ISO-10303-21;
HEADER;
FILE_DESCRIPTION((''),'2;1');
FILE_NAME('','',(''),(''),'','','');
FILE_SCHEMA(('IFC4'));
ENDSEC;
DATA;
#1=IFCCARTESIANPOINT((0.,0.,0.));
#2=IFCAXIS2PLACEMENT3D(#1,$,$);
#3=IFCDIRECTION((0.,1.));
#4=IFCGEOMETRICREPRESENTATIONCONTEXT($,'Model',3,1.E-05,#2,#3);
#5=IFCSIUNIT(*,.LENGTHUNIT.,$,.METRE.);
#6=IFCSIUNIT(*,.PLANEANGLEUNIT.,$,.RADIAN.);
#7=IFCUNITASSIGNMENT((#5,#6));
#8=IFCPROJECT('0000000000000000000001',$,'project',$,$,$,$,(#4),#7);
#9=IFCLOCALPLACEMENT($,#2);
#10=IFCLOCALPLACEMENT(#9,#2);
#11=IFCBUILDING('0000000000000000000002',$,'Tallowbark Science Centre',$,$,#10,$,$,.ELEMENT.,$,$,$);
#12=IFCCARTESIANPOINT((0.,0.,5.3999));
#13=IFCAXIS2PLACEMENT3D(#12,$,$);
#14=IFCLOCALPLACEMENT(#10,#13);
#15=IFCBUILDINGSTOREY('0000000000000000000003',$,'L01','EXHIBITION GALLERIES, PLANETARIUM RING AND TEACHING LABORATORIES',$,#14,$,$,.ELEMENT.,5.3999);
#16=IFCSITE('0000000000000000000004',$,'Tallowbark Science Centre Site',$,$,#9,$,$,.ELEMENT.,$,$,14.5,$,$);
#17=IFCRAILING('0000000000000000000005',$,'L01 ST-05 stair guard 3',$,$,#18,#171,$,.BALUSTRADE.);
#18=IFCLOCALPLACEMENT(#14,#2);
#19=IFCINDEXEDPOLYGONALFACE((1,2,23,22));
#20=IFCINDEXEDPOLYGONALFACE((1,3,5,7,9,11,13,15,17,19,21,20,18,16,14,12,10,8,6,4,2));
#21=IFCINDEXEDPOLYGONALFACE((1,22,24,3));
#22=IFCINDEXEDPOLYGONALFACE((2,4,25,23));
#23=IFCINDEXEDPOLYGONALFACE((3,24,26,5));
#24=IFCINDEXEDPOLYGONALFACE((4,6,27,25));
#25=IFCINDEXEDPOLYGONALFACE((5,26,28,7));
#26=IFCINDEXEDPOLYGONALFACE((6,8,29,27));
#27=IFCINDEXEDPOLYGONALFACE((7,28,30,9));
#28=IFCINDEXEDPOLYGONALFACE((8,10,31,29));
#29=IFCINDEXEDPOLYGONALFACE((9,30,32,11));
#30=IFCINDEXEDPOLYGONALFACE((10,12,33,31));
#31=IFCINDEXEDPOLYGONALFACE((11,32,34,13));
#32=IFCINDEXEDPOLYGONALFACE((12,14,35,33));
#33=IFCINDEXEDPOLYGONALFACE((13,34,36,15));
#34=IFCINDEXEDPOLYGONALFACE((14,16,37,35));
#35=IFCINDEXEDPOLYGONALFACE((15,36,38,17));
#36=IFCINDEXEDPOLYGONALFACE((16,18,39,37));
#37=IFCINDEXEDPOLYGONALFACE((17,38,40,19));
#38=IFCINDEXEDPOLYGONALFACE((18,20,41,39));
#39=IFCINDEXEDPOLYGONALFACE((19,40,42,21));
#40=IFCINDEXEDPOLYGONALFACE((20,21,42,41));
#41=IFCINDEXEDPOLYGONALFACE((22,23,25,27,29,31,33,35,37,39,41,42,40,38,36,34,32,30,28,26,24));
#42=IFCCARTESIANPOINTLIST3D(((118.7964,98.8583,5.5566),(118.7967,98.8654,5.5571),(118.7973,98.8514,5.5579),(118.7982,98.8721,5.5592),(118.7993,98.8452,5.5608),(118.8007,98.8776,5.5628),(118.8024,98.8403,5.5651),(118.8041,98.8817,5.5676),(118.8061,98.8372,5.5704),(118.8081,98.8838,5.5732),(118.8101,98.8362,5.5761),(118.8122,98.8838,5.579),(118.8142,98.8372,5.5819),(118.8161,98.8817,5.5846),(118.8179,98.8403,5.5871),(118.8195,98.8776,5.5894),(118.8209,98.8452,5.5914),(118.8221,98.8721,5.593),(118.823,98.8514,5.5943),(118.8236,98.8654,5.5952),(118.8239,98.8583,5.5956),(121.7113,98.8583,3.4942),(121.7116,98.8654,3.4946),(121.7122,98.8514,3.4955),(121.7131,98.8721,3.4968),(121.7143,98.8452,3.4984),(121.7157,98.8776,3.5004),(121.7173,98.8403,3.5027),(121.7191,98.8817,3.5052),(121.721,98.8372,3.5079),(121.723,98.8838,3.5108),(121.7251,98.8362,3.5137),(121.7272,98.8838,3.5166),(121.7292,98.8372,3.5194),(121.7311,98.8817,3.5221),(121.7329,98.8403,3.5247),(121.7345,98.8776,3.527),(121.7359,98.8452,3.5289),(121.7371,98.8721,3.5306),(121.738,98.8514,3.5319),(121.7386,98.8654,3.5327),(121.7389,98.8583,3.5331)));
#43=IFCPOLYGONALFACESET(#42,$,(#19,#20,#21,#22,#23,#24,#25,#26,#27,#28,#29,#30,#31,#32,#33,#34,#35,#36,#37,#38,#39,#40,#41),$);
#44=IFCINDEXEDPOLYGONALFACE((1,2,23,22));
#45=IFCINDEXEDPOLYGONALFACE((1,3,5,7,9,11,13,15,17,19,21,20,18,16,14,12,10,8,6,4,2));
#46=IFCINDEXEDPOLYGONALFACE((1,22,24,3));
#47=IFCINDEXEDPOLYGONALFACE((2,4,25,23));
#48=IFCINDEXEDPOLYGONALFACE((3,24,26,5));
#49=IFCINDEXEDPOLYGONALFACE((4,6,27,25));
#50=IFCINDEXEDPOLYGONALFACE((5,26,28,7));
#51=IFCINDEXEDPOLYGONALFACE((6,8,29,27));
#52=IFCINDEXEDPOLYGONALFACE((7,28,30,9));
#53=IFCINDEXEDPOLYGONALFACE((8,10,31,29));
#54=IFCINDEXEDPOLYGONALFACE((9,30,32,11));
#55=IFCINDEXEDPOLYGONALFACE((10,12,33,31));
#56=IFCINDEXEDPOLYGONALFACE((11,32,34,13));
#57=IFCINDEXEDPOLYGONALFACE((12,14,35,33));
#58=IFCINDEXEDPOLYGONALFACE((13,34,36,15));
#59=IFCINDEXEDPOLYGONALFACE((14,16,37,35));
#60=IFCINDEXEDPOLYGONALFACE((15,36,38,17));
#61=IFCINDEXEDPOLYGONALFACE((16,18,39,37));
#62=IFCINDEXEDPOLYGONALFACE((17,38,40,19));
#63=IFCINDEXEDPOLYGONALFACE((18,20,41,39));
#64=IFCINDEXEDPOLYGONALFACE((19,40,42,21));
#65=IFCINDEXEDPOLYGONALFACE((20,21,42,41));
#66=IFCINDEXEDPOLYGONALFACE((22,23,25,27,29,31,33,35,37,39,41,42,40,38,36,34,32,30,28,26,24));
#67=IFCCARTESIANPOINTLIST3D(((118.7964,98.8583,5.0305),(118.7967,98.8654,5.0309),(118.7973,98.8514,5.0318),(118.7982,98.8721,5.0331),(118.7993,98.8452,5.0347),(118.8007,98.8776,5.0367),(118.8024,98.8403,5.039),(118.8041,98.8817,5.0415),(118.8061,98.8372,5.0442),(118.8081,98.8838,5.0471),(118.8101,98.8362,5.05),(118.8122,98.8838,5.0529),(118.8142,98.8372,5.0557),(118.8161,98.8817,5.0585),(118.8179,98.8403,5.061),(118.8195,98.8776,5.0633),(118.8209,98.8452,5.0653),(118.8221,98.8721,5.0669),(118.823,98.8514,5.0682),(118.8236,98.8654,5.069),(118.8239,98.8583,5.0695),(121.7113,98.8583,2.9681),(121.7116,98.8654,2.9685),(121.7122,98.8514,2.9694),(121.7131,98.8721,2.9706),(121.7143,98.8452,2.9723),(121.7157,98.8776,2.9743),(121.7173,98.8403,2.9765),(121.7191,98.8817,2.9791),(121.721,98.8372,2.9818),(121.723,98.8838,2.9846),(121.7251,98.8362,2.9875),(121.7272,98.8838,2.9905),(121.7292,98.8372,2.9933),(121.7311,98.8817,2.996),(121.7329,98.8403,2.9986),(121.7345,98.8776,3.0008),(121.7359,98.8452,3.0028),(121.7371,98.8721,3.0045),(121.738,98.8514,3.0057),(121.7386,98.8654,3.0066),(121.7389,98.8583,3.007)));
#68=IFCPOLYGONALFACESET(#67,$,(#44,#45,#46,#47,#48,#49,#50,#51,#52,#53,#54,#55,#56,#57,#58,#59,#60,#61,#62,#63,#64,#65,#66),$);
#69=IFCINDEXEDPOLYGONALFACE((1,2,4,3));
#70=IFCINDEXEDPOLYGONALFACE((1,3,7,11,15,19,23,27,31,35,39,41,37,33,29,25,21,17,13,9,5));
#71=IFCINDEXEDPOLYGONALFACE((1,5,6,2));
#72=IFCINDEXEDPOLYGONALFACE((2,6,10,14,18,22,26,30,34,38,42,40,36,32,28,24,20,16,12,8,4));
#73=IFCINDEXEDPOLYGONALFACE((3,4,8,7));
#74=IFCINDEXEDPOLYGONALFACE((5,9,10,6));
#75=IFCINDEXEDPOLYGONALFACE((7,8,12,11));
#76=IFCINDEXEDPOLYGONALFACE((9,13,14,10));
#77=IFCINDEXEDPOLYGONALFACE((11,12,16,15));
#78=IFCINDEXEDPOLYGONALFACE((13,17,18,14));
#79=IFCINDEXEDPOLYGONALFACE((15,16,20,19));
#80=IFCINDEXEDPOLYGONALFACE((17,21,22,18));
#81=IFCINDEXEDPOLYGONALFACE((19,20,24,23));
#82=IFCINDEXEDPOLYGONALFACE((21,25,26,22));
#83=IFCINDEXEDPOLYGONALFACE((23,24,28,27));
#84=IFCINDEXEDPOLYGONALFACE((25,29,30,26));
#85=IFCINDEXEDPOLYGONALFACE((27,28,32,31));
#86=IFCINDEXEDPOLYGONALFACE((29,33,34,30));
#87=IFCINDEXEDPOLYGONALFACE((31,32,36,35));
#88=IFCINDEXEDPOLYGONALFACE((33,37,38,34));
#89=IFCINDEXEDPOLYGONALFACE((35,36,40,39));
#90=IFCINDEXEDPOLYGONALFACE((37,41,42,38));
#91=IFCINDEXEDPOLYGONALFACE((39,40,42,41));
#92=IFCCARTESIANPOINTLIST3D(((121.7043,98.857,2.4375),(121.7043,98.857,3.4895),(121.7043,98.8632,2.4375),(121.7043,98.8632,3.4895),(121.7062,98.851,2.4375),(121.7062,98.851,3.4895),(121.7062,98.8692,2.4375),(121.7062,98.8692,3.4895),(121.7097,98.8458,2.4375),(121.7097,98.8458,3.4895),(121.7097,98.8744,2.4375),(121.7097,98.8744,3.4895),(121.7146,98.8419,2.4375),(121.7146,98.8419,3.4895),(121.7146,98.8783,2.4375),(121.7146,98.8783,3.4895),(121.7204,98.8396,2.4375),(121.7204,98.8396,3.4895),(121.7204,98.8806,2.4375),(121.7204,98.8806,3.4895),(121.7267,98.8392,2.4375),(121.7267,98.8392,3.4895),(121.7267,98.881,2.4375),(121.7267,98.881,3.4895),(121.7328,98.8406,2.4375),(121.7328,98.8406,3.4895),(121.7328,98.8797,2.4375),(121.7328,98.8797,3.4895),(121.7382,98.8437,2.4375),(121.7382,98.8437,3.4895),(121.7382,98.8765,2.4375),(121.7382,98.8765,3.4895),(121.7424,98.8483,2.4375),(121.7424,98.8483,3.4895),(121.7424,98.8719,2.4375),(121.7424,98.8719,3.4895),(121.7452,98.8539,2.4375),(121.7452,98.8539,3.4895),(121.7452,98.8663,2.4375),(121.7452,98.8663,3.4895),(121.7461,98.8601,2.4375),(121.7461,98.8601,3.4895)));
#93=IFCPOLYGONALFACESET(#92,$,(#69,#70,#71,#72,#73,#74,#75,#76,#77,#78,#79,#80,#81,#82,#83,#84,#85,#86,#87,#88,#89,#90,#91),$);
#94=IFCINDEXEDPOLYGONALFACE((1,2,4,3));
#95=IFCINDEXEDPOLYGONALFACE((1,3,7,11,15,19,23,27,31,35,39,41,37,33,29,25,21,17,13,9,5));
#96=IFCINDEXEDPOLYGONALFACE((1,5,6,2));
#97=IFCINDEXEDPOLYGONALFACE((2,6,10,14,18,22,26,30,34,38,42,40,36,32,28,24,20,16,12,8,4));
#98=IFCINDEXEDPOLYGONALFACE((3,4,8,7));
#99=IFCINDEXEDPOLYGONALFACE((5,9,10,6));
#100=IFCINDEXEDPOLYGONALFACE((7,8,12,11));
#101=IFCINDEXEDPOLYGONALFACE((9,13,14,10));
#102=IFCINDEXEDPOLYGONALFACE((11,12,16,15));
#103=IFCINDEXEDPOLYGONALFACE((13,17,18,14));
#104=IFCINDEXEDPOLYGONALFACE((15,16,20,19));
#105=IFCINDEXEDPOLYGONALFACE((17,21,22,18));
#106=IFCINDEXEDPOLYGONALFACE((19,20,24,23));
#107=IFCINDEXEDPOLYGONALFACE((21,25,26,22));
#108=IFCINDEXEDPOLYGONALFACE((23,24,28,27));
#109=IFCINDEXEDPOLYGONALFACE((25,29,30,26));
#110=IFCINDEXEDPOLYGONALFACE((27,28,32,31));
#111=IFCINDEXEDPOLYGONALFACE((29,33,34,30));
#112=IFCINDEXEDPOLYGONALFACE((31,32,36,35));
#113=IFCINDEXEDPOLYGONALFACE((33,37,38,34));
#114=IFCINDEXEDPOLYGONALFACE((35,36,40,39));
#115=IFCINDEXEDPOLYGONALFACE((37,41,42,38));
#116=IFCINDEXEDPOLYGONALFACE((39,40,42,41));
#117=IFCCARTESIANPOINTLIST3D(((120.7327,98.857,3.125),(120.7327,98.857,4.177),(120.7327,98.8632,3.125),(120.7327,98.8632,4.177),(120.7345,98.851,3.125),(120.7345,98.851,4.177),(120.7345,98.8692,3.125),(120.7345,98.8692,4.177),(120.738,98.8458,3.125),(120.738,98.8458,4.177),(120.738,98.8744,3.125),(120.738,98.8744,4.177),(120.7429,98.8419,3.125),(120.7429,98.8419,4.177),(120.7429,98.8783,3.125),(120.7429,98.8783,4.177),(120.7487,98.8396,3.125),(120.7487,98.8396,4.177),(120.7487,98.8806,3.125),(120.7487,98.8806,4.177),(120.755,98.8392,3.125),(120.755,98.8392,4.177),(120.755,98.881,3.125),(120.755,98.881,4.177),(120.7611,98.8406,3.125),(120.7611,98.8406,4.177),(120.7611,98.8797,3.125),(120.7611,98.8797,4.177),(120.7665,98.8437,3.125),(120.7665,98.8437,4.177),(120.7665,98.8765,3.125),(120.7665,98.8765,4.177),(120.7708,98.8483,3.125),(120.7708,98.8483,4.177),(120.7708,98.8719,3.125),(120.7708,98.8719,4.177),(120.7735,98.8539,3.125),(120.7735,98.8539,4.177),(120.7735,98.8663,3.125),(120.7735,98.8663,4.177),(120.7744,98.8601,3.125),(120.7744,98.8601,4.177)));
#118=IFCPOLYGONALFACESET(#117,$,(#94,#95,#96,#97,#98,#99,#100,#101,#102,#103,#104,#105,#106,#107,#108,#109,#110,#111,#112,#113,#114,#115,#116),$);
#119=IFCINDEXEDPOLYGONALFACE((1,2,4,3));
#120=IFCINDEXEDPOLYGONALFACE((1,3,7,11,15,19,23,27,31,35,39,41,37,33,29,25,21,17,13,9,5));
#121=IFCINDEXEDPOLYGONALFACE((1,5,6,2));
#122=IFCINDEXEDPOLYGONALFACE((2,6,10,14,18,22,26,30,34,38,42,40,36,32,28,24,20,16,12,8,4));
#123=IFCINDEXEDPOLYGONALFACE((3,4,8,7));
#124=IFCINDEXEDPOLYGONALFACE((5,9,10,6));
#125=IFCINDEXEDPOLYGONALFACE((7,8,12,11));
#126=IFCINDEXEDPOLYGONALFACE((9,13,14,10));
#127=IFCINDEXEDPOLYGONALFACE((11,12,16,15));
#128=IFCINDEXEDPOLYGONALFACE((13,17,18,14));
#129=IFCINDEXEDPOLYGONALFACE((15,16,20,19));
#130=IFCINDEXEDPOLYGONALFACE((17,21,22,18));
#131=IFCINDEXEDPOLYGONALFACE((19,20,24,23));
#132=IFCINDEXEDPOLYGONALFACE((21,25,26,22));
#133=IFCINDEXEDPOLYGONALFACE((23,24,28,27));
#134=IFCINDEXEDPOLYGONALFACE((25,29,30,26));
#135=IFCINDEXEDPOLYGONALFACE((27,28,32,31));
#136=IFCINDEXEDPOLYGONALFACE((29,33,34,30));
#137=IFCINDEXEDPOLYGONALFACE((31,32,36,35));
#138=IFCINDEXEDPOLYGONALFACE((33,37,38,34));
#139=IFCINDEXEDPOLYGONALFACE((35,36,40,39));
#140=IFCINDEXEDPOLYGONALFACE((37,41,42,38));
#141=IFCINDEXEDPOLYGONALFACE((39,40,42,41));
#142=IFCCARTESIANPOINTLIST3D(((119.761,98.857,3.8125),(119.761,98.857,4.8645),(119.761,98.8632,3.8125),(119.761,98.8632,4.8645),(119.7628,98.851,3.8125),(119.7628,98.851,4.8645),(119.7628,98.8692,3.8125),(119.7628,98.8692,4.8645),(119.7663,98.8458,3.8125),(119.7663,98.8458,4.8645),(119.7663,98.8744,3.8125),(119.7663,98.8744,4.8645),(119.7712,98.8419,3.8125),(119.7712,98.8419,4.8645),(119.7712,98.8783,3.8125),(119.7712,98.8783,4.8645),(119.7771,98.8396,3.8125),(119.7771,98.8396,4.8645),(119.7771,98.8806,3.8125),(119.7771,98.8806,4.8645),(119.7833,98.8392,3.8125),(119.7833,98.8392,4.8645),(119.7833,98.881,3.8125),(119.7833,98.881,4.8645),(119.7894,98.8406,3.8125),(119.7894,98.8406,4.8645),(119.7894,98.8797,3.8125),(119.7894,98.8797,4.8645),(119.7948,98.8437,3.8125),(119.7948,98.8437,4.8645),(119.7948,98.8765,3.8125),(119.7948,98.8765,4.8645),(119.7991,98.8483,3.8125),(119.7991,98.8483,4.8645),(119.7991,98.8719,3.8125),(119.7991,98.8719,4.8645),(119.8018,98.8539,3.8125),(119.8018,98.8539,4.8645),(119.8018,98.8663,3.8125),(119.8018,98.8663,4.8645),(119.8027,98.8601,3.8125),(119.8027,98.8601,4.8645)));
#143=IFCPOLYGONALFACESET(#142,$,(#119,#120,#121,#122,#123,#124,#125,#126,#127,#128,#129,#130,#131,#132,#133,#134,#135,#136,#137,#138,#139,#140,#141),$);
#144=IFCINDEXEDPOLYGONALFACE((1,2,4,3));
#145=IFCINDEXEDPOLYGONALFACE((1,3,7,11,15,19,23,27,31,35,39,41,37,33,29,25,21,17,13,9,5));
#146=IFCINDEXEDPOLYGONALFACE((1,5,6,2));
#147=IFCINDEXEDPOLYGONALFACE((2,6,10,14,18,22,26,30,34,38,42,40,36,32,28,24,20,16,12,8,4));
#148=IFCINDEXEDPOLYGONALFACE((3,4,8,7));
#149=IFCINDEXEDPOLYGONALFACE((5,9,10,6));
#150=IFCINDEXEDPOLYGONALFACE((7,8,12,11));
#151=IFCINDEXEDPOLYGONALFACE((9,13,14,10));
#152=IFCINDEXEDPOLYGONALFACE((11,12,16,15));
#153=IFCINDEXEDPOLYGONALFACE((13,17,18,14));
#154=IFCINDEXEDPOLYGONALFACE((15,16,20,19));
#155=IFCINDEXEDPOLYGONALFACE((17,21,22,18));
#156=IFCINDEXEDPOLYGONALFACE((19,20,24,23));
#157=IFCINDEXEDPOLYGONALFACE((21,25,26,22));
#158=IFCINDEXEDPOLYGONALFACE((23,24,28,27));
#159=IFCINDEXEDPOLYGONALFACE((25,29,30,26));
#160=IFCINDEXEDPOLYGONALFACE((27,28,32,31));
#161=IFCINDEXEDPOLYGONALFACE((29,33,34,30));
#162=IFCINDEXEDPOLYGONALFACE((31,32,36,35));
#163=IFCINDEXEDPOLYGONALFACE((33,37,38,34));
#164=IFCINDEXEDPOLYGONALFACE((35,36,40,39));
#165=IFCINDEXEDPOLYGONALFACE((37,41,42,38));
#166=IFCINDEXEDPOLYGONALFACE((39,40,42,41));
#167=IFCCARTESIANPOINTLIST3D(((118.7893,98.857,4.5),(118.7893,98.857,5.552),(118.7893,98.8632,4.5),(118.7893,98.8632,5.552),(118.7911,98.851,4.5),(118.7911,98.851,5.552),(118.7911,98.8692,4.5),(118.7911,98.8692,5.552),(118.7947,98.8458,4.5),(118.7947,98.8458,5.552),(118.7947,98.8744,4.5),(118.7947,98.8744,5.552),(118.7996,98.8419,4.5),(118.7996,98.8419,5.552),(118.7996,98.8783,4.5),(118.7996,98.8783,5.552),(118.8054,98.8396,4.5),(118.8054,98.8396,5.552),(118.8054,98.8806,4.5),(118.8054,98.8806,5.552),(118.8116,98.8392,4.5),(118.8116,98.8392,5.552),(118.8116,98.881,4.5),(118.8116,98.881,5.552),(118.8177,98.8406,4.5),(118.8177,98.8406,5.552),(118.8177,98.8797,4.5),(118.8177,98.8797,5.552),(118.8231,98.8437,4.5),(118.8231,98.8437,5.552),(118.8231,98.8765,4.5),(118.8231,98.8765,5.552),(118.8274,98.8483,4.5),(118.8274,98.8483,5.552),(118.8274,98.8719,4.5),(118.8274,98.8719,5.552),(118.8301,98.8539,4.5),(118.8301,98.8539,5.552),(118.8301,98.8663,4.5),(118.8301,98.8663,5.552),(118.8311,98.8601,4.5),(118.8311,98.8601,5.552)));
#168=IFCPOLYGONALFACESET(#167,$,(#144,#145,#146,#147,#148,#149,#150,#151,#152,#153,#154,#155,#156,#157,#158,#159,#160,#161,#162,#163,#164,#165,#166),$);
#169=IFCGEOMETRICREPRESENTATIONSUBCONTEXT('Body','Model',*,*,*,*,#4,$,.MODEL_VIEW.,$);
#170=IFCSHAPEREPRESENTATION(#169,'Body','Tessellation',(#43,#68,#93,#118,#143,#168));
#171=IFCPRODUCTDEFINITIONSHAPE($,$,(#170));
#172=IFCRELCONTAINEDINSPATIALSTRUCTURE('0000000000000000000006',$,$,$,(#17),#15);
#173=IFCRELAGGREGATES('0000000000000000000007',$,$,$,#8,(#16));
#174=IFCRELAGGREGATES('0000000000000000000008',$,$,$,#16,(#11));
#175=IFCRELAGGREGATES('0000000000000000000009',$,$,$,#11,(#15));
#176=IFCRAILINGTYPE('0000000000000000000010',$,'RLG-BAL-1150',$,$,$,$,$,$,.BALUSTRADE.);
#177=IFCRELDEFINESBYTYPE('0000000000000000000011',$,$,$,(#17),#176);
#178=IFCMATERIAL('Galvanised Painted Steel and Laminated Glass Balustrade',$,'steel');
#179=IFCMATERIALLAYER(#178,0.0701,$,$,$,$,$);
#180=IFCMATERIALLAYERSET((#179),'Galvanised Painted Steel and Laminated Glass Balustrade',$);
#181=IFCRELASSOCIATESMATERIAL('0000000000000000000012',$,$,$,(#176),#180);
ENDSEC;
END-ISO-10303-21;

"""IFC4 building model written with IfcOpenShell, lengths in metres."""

from ifc_helpers import new_model, si_unit, direction, frame, origin, origin_2d, place, context, subcontext, project, spatial, circle, extrude, material, layer, layer_set, type_object, element, save


model = new_model("IFC4")

# Units and contexts
model_context = context("Model", 3, precision=1e-05, world=origin(), true_north=direction((0.0, 1.0)))
body_context = subcontext(model_context, "Body", "Model", "MODEL_VIEW")
ifc_project = project(units=[si_unit("LENGTHUNIT", "METRE"), si_unit("PLANEANGLEUNIT", "RADIAN")], contexts=[model_context])

# Site, building, storey
site_placement = place(None, origin())
site = spatial("IfcSite", under=ifc_project, at=site_placement, Name="Tallowbark Science Centre Site", CompositionType="ELEMENT", RefElevation=14.5)
building_placement = place(site_placement, origin())
building = spatial("IfcBuilding", under=site, at=building_placement, Name="Tallowbark Science Centre", CompositionType="ELEMENT")
storey_placement = place(building_placement, frame((0.0, 0.0, 5.3999)))
storey = spatial("IfcBuildingStorey", under=building, at=storey_placement, Name="L01", Description="EXHIBITION GALLERIES, PLANETARIUM RING AND TEACHING LABORATORIES", CompositionType="ELEMENT", Elevation=5.3999)

# Railing
ifc_material_1 = material(Name="Galvanised Painted Steel and Laminated Glass Balustrade", Category="steel")
ifc_layer_1 = layer(ifc_material_1, 0.0701)
ifc_layer_set_1 = layer_set([ifc_layer_1], Name="Galvanised Painted Steel and Laminated Glass Balustrade")
railing_type_1 = type_object("IfcRailingType", Name="RLG-BAL-1150", PredefinedType="BALUSTRADE", material=ifc_layer_set_1)
railing_1_placement = place(storey_placement, frame((121.7251, 98.8601, 2.4375)))
element("IfcRailing", 1, at=railing_1_placement, inside=storey, type_object=railing_type_1, Name="L01 ST-05 stair guard 3", PredefinedType="BALUSTRADE", context=body_context, shape_type="SweptSolid", body=[
    extrude(circle(Radius=0.0239, at=origin_2d()), frame((0.0, 0.0, 1.0762), z_axis=(-0.816331, 0.0, 0.577585), x_axis=(0.0, -1.0, 0.0)), (0.0, 0.0, 1.0), 3.5708),
    extrude(circle(Radius=0.0239, at=origin_2d()), frame((0.0, 0.0, 0.55), z_axis=(-0.816331, 0.0, 0.577585), x_axis=(0.0, -1.0, 0.0)), (0.0, 0.0, 1.0), 3.5708),
    extrude(circle(Radius=0.021, at=origin_2d()), origin(), (0.0, 0.0, 1.0), 1.052),
    extrude(circle(Radius=0.021, at=origin_2d()), frame((-0.9717, 0.0, 0.6875)), (0.0, 0.0, 1.0), 1.052),
    extrude(circle(Radius=0.021, at=origin_2d()), frame((-1.9434, 0.0, 1.375)), (0.0, 0.0, 1.0), 1.052),
    extrude(circle(Radius=0.021, at=origin_2d()), frame((-2.915, 0.0, 2.0625)), (0.0, 0.0, 1.0), 1.052),
])

save(model, "model.ifc")
